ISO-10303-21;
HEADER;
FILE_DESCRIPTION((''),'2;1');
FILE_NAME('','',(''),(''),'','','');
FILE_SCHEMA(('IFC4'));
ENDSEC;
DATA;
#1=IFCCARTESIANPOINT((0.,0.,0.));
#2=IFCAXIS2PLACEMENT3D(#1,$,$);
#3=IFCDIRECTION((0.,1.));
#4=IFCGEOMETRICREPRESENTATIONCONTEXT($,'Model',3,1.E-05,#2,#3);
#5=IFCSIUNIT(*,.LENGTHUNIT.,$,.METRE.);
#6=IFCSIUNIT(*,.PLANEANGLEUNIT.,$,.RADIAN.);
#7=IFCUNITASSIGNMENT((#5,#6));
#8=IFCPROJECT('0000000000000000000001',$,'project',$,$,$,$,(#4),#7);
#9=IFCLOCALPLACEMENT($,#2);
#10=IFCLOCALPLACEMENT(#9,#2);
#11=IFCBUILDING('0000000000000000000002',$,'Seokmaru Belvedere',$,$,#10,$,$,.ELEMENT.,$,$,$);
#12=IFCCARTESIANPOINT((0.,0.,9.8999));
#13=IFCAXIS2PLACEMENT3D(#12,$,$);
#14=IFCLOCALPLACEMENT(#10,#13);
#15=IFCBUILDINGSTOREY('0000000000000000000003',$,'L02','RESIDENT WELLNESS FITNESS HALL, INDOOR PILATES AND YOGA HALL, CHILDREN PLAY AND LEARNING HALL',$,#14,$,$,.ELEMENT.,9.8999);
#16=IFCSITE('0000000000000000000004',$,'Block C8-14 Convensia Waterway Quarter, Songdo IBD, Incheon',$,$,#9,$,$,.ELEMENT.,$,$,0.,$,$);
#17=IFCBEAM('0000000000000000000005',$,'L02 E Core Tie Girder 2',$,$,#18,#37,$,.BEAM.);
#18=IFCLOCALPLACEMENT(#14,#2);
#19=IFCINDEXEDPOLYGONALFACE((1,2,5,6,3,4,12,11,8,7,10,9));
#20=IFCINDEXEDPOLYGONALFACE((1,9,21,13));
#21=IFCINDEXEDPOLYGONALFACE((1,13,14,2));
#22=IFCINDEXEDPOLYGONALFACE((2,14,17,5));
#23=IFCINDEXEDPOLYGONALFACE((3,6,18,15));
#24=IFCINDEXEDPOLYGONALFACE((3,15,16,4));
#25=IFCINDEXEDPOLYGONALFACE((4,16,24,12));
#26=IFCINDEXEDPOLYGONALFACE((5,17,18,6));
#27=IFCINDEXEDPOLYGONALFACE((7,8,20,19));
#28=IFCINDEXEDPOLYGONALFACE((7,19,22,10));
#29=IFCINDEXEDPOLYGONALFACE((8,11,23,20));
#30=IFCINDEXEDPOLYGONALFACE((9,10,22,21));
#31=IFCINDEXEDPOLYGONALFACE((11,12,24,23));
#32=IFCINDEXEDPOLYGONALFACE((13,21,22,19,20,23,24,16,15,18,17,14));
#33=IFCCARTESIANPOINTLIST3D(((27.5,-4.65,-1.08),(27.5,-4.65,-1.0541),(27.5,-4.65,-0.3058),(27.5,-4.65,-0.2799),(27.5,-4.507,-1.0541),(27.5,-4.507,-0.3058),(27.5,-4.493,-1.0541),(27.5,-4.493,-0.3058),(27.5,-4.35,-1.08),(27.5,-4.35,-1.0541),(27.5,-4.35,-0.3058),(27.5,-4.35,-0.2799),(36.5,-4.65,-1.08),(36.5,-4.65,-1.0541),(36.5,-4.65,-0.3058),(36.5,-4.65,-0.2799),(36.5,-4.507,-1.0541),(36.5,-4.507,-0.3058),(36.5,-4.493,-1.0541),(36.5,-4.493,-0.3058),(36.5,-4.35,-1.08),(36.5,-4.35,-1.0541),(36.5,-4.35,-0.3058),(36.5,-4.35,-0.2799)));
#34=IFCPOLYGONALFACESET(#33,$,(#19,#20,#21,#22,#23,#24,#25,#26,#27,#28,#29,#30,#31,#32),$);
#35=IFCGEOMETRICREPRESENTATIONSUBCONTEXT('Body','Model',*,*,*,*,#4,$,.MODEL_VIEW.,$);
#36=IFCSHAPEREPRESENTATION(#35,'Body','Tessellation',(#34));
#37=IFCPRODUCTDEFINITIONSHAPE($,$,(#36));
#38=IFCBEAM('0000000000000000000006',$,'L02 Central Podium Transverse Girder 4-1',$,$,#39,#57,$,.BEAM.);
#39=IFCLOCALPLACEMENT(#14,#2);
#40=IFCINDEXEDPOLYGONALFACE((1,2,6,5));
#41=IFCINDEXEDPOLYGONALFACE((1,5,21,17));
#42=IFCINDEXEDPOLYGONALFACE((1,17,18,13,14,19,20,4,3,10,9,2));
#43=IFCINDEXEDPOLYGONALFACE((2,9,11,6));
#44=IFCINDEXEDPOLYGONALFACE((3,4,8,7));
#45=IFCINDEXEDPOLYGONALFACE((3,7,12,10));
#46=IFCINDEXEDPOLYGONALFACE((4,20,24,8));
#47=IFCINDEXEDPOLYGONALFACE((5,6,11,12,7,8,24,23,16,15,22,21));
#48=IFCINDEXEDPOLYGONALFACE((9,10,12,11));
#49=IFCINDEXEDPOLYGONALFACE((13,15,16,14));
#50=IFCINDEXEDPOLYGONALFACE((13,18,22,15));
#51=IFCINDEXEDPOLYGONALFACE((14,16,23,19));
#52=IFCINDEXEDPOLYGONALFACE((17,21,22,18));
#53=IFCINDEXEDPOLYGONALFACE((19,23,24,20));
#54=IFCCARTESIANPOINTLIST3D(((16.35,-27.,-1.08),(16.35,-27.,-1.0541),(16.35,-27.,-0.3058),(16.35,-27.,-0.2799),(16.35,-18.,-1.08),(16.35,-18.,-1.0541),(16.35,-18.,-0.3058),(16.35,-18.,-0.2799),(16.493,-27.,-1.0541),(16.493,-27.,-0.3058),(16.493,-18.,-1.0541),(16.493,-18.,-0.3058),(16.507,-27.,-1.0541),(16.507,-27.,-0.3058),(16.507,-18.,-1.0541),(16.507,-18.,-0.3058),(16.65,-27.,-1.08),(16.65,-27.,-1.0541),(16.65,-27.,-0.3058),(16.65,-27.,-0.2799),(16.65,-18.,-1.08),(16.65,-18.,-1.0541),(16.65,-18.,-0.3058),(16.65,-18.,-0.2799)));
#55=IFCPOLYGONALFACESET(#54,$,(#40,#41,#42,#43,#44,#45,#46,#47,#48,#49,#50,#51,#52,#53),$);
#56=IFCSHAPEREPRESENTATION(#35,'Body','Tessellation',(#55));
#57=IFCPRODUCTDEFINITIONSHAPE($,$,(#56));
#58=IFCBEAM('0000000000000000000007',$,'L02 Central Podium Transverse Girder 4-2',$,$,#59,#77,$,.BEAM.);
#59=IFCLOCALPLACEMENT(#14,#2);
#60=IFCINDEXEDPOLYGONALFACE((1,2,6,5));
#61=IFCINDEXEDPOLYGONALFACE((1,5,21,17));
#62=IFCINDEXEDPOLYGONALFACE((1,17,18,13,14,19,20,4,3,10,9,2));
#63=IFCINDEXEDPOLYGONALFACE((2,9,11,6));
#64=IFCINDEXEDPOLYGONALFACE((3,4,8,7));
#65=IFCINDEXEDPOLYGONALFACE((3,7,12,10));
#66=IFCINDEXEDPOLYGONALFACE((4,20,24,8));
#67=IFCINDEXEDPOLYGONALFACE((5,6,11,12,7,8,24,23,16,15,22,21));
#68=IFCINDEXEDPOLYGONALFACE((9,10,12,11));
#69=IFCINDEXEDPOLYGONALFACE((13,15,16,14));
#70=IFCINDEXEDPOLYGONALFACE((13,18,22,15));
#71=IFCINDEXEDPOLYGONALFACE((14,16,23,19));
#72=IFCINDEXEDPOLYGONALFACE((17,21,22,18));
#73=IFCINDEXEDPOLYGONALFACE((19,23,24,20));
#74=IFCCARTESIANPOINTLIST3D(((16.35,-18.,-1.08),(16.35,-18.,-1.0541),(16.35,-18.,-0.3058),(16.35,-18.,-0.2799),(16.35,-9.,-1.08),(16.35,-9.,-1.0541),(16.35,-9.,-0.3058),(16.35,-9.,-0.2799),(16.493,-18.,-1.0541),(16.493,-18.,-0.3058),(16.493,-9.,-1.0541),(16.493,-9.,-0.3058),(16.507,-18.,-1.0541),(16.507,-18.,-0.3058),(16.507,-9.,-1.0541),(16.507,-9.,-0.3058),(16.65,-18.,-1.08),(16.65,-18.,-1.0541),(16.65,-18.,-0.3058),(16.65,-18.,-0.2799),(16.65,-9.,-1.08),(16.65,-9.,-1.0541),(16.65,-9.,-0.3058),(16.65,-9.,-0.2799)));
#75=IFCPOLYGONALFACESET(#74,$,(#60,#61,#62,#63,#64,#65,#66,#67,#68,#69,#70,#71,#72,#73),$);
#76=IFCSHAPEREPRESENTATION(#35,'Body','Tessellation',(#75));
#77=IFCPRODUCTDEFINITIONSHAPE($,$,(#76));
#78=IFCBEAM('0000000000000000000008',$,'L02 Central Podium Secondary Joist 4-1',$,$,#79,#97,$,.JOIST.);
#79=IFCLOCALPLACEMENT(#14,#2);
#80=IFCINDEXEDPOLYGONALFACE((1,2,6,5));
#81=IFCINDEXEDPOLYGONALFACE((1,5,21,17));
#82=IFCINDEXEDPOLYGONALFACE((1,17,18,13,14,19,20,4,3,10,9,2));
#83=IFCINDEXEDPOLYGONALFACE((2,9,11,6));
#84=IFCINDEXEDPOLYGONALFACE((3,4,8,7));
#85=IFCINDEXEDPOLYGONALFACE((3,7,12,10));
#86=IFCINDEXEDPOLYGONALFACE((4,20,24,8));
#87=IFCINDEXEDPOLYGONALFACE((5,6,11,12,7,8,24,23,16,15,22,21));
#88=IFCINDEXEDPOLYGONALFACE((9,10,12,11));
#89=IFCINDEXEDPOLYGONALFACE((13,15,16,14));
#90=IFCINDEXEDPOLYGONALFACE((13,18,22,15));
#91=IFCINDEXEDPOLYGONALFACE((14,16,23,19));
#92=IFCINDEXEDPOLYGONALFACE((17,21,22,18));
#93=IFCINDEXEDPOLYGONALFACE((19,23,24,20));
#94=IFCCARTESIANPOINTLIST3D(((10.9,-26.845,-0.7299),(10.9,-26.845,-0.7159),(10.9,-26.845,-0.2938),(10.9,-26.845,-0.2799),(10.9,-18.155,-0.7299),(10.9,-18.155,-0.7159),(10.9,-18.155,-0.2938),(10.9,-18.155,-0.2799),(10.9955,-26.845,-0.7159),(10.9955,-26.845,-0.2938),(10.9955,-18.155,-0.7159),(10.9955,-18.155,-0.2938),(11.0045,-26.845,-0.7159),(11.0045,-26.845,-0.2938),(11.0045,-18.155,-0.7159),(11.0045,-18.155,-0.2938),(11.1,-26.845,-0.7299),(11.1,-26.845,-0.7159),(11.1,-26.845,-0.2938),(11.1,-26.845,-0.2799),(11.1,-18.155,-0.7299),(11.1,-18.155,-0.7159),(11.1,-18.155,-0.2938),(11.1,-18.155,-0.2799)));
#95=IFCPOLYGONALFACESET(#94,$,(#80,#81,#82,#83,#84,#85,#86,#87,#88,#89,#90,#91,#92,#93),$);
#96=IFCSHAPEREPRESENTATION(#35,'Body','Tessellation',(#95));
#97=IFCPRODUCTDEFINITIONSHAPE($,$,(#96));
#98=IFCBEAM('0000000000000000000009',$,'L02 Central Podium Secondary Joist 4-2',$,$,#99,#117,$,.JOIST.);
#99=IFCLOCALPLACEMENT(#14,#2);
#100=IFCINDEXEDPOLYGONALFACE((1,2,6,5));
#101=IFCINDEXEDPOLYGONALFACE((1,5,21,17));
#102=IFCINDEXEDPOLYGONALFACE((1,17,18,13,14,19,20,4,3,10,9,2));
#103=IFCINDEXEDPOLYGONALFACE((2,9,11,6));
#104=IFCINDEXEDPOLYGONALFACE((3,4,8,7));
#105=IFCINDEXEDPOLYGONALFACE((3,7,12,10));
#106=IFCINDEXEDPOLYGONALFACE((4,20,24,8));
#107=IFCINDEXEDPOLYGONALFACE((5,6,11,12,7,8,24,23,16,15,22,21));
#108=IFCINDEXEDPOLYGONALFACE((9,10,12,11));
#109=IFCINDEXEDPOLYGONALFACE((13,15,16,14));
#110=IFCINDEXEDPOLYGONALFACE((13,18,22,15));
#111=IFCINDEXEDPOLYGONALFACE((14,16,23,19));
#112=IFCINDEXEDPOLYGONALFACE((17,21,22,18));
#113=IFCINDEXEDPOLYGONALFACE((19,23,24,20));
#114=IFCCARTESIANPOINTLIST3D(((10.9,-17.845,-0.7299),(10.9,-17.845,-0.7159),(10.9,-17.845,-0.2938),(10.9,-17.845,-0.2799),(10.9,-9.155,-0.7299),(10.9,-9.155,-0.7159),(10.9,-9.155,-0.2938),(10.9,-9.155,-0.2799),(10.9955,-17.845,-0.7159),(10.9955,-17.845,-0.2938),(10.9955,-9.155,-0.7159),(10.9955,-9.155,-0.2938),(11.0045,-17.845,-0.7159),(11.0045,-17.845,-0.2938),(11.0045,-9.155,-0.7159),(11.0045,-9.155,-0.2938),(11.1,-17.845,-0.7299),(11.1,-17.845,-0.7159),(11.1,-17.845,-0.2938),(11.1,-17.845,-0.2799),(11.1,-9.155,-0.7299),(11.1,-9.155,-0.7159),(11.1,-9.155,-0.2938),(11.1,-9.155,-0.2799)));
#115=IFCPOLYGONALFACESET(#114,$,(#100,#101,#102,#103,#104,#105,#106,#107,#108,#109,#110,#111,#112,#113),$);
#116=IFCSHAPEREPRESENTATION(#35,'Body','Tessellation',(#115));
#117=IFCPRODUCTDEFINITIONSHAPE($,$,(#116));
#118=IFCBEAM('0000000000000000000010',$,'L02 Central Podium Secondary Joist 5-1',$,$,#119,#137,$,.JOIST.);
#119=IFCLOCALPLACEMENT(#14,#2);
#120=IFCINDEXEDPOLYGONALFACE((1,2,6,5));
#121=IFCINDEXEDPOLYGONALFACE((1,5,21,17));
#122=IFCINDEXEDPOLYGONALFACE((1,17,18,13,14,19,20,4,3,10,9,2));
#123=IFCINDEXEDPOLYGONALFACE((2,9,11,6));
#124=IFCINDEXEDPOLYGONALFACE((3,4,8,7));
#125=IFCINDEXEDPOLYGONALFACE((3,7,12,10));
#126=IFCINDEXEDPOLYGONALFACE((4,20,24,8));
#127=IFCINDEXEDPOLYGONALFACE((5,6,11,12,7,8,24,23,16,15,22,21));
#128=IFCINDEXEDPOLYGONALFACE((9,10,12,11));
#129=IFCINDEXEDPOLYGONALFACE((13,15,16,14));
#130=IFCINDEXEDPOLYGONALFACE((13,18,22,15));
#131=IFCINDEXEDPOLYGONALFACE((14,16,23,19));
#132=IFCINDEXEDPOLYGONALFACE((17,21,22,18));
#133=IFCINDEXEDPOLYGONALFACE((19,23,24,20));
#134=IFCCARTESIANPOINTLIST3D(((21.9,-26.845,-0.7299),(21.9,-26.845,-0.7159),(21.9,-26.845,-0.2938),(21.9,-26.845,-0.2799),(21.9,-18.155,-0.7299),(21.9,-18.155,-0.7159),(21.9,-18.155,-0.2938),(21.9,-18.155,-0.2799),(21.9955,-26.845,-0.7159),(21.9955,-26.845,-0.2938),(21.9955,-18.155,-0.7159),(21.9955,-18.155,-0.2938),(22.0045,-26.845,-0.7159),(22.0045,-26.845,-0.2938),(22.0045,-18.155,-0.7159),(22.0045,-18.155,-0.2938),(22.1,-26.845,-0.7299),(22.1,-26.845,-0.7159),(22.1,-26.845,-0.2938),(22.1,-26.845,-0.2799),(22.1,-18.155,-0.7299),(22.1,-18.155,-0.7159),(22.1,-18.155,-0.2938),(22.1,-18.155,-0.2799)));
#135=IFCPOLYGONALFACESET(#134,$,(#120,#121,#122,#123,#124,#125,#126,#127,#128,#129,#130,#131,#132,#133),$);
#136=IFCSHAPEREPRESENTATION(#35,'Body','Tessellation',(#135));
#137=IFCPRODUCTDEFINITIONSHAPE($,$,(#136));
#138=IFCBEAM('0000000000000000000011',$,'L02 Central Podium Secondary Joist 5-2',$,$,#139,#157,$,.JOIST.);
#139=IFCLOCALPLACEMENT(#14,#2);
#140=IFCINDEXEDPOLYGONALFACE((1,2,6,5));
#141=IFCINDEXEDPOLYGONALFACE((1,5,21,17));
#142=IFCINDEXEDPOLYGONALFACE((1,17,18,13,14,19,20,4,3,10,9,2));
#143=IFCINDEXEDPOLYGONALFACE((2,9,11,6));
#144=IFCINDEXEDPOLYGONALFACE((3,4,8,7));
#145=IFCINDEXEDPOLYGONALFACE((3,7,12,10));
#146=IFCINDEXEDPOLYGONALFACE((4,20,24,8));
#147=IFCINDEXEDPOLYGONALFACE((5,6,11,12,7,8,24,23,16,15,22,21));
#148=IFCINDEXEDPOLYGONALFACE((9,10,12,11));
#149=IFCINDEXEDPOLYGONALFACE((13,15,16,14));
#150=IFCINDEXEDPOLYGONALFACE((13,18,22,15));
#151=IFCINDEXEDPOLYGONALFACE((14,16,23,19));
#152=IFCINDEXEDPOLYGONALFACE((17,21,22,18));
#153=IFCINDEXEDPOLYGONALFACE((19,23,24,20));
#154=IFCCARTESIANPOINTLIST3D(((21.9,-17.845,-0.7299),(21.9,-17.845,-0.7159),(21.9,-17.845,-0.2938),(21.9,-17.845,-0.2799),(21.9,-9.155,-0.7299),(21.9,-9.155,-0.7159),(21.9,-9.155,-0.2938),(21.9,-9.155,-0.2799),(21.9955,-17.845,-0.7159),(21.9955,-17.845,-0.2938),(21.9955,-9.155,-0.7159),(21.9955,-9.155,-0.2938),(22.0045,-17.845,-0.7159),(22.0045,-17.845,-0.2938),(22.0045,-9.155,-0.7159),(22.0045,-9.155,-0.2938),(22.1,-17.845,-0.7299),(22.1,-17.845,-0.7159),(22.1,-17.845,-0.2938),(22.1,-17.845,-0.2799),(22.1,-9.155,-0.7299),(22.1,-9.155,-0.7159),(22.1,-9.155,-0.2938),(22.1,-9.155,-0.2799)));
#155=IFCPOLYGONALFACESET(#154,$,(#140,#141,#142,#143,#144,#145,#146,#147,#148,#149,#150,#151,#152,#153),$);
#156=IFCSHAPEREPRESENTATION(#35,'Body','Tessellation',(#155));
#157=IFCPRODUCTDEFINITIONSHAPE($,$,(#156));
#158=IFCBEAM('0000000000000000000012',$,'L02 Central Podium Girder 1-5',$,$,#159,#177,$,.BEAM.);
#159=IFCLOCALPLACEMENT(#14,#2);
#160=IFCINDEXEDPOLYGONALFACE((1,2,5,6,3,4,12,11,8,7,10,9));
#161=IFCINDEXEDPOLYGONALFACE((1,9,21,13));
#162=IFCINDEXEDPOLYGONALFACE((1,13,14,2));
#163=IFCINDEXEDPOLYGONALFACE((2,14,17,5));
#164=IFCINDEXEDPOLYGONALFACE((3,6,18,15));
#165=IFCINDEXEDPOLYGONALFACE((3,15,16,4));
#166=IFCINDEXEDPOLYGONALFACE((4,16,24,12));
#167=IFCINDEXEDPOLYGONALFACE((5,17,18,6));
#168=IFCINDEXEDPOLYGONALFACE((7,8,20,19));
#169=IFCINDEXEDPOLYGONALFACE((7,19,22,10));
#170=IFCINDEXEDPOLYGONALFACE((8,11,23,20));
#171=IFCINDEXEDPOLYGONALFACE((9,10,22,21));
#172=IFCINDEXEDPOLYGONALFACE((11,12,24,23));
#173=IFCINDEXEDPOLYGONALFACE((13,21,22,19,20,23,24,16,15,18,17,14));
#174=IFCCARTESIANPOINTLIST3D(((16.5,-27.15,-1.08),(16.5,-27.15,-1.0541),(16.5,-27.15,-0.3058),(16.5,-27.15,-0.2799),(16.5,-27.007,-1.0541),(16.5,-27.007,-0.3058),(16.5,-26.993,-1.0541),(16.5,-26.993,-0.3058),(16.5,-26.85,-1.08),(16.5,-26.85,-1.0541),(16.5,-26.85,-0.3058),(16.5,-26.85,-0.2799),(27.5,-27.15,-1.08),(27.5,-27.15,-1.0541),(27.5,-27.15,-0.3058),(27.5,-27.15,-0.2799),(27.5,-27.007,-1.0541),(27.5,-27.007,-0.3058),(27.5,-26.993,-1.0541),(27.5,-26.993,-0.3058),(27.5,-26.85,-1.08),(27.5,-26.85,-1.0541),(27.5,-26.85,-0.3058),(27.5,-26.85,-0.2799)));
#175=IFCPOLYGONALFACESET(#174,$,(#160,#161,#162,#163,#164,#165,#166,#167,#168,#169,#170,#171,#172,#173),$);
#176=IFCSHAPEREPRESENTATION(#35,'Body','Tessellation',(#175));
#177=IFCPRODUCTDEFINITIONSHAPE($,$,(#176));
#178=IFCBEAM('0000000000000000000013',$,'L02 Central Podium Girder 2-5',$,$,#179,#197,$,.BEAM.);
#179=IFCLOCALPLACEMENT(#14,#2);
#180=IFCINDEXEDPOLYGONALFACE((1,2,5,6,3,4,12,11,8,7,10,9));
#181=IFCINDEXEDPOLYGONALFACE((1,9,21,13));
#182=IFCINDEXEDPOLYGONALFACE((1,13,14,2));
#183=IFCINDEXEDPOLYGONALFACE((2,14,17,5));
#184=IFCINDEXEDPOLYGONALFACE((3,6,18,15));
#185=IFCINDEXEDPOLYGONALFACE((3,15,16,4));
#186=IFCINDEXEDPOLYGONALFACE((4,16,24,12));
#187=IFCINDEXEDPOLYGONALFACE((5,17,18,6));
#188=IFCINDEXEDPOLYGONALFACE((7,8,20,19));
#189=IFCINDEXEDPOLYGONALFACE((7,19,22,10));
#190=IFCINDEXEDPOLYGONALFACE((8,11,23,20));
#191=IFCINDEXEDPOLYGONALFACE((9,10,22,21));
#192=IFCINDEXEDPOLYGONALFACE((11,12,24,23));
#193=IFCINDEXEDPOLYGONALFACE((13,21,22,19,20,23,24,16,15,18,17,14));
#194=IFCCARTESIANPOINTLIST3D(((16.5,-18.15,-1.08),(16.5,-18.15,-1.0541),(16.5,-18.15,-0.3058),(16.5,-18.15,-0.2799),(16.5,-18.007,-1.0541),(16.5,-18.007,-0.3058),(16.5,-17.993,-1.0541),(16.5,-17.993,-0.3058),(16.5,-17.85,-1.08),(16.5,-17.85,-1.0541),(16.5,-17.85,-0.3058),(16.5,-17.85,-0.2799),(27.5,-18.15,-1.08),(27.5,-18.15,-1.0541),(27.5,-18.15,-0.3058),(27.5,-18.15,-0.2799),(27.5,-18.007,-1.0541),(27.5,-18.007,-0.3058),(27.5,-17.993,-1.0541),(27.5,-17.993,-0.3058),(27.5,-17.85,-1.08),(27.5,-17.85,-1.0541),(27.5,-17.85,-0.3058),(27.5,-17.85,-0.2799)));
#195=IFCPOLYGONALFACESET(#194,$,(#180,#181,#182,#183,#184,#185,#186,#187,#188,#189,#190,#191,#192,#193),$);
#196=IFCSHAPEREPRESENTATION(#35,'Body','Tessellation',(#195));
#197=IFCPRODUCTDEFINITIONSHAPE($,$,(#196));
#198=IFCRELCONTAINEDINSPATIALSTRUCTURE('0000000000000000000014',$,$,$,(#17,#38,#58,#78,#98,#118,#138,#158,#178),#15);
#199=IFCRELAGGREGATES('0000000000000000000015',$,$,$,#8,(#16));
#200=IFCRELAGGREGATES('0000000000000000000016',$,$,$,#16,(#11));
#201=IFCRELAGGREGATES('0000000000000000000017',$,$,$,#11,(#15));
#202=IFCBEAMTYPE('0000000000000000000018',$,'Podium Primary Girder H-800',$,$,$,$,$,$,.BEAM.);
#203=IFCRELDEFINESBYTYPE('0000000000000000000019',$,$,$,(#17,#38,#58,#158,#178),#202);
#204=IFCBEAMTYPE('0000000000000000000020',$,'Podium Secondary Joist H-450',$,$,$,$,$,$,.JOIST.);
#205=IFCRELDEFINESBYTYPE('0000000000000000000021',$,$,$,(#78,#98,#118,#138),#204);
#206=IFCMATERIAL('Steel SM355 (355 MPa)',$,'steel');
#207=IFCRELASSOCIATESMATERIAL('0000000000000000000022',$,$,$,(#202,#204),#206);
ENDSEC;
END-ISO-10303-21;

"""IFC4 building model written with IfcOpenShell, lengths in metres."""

from ifc_helpers import new_model, si_unit, direction, frame, origin, origin_2d, place, context, subcontext, project, spatial, i_section, extrude, source, transform, mapped, material, material_profile, profile_set, type_object, type_shapes, element, save


model = new_model("IFC4")

# Units and contexts
model_context = context("Model", 3, precision=1e-05, world=origin(), true_north=direction((0.0, 1.0)))
body_context = subcontext(model_context, "Body", "Model", "MODEL_VIEW")
ifc_project = project(units=[si_unit("LENGTHUNIT", "METRE"), si_unit("PLANEANGLEUNIT", "RADIAN")], contexts=[model_context])

# Site, building, storey
site_placement = place(None, origin())
site = spatial("IfcSite", under=ifc_project, at=site_placement, Name="Block C8-14 Convensia Waterway Quarter, Songdo IBD, Incheon", CompositionType="ELEMENT", RefElevation=0.0)
building_placement = place(site_placement, origin())
building = spatial("IfcBuilding", under=site, at=building_placement, Name="Seokmaru Belvedere", CompositionType="ELEMENT")
storey_placement = place(building_placement, frame((0.0, 0.0, 9.8999)))
storey = spatial("IfcBuildingStorey", under=building, at=storey_placement, Name="L02", Description="RESIDENT WELLNESS FITNESS HALL, INDOOR PILATES AND YOGA HALL, CHILDREN PLAY AND LEARNING HALL", CompositionType="ELEMENT", Elevation=9.8999)

# Shared definitions
ifc_material_1 = material(Name="Steel SM355 (355 MPa)", Category="steel")

# Beams
ifc_material_profile_1 = material_profile(ifc_material_1, i_section(OverallWidth=0.3, OverallDepth=0.8, WebThickness=0.0139, FlangeThickness=0.0259, at=origin_2d()), Name="H-800x300x14x26")
ifc_profile_set_1 = profile_set([ifc_material_profile_1], Name="Steel SM355 (355 MPa)")
beam_type_1 = type_object("IfcBeamType", Name="Podium Primary Girder H-800", PredefinedType="BEAM", material=ifc_profile_set_1)
shared_shape_1 = source(origin(), body_context, "Body", "SweptSolid", [
    extrude(i_section(OverallWidth=0.3, OverallDepth=0.8, WebThickness=0.0139, FlangeThickness=0.0259, at=origin_2d()), origin(), (0.0, 0.0, 1.0), 9.0),
])
for number, where, z_axis, x_axis, name in (
    (1, (27.5, -4.5, -0.6799), (1.0, 0.0, 0.0), (0.0, 1.0, 0.0), "L02 E Core Tie Girder 2"),
    (2, (16.5, -27.0, -0.6799), (0.0, 1.0, 0.0), (-1.0, 0.0, 0.0), "L02 Central Podium Transverse Girder 4-1"),
    (3, (16.5, -18.0, -0.6799), (0.0, 1.0, 0.0), (-1.0, 0.0, 0.0), "L02 Central Podium Transverse Girder 4-2"),
):
    element("IfcBeam", number, at=place(storey_placement, frame(where, z_axis=z_axis, x_axis=x_axis)), inside=storey, type_object=beam_type_1, Name=name, PredefinedType="BEAM", context=body_context, shape_type="MappedRepresentation", body=[
        mapped(shared_shape_1, transform((0.0, 0.0, 0.0), scale=1.0)),
    ])
ifc_material_profile_2 = material_profile(ifc_material_1, i_section(OverallWidth=0.2, OverallDepth=0.45, WebThickness=0.009, FlangeThickness=0.0139, at=origin_2d()), Name="H-450x200x9x14")
ifc_profile_set_2 = profile_set([ifc_material_profile_2], Name="Steel SM355 (355 MPa)")
beam_type_2 = type_object("IfcBeamType", Name="Podium Secondary Joist H-450", PredefinedType="JOIST", material=ifc_profile_set_2)
shared_shape_2 = source(origin(), body_context, "Body", "SweptSolid", [
    extrude(i_section(OverallWidth=0.2, OverallDepth=0.45, WebThickness=0.009, FlangeThickness=0.0139, at=origin_2d()), origin(), (0.0, 0.0, 1.0), 8.6899),
])
type_shapes(beam_type_2, [shared_shape_2])
for number, where, z_axis, x_axis, name in (
    (4, (11.0, -26.845, -0.5049), (0.0, 1.0, 0.0), (-1.0, 0.0, 0.0), "L02 Central Podium Secondary Joist 4-1"),
    (5, (11.0, -17.845, -0.5049), (0.0, 1.0, 0.0), (-1.0, 0.0, 0.0), "L02 Central Podium Secondary Joist 4-2"),
    (6, (22.0, -26.845, -0.5049), (0.0, 1.0, 0.0), (-1.0, 0.0, 0.0), "L02 Central Podium Secondary Joist 5-1"),
    (7, (22.0, -17.845, -0.5049), (0.0, 1.0, 0.0), (-1.0, 0.0, 0.0), "L02 Central Podium Secondary Joist 5-2"),
):
    element("IfcBeam", number, at=place(storey_placement, frame(where, z_axis=z_axis, x_axis=x_axis)), inside=storey, type_object=beam_type_2, Name=name, PredefinedType="JOIST", context=body_context, shape_type="MappedRepresentation", body=[
        mapped(shared_shape_2, transform((0.0, 0.0, 0.0), scale=1.0)),
    ])
shared_shape_3 = source(origin(), body_context, "Body", "SweptSolid", [
    extrude(i_section(OverallWidth=0.3, OverallDepth=0.8, WebThickness=0.0139, FlangeThickness=0.0259, at=origin_2d()), origin(), (0.0, 0.0, 1.0), 11.0),
])
type_shapes(beam_type_1, [shared_shape_1, shared_shape_3])
for number, where, z_axis, x_axis, name in (
    (8, (16.5, -27.0, -0.6799), (1.0, 0.0, 0.0), (0.0, 1.0, 0.0), "L02 Central Podium Girder 1-5"),
    (9, (16.5, -18.0, -0.6799), (1.0, 0.0, 0.0), (0.0, 1.0, 0.0), "L02 Central Podium Girder 2-5"),
):
    element("IfcBeam", number, at=place(storey_placement, frame(where, z_axis=z_axis, x_axis=x_axis)), inside=storey, type_object=beam_type_1, Name=name, PredefinedType="BEAM", context=body_context, shape_type="MappedRepresentation", body=[
        mapped(shared_shape_3, transform((0.0, 0.0, 0.0), scale=1.0)),
    ])

save(model, "model.ifc")
